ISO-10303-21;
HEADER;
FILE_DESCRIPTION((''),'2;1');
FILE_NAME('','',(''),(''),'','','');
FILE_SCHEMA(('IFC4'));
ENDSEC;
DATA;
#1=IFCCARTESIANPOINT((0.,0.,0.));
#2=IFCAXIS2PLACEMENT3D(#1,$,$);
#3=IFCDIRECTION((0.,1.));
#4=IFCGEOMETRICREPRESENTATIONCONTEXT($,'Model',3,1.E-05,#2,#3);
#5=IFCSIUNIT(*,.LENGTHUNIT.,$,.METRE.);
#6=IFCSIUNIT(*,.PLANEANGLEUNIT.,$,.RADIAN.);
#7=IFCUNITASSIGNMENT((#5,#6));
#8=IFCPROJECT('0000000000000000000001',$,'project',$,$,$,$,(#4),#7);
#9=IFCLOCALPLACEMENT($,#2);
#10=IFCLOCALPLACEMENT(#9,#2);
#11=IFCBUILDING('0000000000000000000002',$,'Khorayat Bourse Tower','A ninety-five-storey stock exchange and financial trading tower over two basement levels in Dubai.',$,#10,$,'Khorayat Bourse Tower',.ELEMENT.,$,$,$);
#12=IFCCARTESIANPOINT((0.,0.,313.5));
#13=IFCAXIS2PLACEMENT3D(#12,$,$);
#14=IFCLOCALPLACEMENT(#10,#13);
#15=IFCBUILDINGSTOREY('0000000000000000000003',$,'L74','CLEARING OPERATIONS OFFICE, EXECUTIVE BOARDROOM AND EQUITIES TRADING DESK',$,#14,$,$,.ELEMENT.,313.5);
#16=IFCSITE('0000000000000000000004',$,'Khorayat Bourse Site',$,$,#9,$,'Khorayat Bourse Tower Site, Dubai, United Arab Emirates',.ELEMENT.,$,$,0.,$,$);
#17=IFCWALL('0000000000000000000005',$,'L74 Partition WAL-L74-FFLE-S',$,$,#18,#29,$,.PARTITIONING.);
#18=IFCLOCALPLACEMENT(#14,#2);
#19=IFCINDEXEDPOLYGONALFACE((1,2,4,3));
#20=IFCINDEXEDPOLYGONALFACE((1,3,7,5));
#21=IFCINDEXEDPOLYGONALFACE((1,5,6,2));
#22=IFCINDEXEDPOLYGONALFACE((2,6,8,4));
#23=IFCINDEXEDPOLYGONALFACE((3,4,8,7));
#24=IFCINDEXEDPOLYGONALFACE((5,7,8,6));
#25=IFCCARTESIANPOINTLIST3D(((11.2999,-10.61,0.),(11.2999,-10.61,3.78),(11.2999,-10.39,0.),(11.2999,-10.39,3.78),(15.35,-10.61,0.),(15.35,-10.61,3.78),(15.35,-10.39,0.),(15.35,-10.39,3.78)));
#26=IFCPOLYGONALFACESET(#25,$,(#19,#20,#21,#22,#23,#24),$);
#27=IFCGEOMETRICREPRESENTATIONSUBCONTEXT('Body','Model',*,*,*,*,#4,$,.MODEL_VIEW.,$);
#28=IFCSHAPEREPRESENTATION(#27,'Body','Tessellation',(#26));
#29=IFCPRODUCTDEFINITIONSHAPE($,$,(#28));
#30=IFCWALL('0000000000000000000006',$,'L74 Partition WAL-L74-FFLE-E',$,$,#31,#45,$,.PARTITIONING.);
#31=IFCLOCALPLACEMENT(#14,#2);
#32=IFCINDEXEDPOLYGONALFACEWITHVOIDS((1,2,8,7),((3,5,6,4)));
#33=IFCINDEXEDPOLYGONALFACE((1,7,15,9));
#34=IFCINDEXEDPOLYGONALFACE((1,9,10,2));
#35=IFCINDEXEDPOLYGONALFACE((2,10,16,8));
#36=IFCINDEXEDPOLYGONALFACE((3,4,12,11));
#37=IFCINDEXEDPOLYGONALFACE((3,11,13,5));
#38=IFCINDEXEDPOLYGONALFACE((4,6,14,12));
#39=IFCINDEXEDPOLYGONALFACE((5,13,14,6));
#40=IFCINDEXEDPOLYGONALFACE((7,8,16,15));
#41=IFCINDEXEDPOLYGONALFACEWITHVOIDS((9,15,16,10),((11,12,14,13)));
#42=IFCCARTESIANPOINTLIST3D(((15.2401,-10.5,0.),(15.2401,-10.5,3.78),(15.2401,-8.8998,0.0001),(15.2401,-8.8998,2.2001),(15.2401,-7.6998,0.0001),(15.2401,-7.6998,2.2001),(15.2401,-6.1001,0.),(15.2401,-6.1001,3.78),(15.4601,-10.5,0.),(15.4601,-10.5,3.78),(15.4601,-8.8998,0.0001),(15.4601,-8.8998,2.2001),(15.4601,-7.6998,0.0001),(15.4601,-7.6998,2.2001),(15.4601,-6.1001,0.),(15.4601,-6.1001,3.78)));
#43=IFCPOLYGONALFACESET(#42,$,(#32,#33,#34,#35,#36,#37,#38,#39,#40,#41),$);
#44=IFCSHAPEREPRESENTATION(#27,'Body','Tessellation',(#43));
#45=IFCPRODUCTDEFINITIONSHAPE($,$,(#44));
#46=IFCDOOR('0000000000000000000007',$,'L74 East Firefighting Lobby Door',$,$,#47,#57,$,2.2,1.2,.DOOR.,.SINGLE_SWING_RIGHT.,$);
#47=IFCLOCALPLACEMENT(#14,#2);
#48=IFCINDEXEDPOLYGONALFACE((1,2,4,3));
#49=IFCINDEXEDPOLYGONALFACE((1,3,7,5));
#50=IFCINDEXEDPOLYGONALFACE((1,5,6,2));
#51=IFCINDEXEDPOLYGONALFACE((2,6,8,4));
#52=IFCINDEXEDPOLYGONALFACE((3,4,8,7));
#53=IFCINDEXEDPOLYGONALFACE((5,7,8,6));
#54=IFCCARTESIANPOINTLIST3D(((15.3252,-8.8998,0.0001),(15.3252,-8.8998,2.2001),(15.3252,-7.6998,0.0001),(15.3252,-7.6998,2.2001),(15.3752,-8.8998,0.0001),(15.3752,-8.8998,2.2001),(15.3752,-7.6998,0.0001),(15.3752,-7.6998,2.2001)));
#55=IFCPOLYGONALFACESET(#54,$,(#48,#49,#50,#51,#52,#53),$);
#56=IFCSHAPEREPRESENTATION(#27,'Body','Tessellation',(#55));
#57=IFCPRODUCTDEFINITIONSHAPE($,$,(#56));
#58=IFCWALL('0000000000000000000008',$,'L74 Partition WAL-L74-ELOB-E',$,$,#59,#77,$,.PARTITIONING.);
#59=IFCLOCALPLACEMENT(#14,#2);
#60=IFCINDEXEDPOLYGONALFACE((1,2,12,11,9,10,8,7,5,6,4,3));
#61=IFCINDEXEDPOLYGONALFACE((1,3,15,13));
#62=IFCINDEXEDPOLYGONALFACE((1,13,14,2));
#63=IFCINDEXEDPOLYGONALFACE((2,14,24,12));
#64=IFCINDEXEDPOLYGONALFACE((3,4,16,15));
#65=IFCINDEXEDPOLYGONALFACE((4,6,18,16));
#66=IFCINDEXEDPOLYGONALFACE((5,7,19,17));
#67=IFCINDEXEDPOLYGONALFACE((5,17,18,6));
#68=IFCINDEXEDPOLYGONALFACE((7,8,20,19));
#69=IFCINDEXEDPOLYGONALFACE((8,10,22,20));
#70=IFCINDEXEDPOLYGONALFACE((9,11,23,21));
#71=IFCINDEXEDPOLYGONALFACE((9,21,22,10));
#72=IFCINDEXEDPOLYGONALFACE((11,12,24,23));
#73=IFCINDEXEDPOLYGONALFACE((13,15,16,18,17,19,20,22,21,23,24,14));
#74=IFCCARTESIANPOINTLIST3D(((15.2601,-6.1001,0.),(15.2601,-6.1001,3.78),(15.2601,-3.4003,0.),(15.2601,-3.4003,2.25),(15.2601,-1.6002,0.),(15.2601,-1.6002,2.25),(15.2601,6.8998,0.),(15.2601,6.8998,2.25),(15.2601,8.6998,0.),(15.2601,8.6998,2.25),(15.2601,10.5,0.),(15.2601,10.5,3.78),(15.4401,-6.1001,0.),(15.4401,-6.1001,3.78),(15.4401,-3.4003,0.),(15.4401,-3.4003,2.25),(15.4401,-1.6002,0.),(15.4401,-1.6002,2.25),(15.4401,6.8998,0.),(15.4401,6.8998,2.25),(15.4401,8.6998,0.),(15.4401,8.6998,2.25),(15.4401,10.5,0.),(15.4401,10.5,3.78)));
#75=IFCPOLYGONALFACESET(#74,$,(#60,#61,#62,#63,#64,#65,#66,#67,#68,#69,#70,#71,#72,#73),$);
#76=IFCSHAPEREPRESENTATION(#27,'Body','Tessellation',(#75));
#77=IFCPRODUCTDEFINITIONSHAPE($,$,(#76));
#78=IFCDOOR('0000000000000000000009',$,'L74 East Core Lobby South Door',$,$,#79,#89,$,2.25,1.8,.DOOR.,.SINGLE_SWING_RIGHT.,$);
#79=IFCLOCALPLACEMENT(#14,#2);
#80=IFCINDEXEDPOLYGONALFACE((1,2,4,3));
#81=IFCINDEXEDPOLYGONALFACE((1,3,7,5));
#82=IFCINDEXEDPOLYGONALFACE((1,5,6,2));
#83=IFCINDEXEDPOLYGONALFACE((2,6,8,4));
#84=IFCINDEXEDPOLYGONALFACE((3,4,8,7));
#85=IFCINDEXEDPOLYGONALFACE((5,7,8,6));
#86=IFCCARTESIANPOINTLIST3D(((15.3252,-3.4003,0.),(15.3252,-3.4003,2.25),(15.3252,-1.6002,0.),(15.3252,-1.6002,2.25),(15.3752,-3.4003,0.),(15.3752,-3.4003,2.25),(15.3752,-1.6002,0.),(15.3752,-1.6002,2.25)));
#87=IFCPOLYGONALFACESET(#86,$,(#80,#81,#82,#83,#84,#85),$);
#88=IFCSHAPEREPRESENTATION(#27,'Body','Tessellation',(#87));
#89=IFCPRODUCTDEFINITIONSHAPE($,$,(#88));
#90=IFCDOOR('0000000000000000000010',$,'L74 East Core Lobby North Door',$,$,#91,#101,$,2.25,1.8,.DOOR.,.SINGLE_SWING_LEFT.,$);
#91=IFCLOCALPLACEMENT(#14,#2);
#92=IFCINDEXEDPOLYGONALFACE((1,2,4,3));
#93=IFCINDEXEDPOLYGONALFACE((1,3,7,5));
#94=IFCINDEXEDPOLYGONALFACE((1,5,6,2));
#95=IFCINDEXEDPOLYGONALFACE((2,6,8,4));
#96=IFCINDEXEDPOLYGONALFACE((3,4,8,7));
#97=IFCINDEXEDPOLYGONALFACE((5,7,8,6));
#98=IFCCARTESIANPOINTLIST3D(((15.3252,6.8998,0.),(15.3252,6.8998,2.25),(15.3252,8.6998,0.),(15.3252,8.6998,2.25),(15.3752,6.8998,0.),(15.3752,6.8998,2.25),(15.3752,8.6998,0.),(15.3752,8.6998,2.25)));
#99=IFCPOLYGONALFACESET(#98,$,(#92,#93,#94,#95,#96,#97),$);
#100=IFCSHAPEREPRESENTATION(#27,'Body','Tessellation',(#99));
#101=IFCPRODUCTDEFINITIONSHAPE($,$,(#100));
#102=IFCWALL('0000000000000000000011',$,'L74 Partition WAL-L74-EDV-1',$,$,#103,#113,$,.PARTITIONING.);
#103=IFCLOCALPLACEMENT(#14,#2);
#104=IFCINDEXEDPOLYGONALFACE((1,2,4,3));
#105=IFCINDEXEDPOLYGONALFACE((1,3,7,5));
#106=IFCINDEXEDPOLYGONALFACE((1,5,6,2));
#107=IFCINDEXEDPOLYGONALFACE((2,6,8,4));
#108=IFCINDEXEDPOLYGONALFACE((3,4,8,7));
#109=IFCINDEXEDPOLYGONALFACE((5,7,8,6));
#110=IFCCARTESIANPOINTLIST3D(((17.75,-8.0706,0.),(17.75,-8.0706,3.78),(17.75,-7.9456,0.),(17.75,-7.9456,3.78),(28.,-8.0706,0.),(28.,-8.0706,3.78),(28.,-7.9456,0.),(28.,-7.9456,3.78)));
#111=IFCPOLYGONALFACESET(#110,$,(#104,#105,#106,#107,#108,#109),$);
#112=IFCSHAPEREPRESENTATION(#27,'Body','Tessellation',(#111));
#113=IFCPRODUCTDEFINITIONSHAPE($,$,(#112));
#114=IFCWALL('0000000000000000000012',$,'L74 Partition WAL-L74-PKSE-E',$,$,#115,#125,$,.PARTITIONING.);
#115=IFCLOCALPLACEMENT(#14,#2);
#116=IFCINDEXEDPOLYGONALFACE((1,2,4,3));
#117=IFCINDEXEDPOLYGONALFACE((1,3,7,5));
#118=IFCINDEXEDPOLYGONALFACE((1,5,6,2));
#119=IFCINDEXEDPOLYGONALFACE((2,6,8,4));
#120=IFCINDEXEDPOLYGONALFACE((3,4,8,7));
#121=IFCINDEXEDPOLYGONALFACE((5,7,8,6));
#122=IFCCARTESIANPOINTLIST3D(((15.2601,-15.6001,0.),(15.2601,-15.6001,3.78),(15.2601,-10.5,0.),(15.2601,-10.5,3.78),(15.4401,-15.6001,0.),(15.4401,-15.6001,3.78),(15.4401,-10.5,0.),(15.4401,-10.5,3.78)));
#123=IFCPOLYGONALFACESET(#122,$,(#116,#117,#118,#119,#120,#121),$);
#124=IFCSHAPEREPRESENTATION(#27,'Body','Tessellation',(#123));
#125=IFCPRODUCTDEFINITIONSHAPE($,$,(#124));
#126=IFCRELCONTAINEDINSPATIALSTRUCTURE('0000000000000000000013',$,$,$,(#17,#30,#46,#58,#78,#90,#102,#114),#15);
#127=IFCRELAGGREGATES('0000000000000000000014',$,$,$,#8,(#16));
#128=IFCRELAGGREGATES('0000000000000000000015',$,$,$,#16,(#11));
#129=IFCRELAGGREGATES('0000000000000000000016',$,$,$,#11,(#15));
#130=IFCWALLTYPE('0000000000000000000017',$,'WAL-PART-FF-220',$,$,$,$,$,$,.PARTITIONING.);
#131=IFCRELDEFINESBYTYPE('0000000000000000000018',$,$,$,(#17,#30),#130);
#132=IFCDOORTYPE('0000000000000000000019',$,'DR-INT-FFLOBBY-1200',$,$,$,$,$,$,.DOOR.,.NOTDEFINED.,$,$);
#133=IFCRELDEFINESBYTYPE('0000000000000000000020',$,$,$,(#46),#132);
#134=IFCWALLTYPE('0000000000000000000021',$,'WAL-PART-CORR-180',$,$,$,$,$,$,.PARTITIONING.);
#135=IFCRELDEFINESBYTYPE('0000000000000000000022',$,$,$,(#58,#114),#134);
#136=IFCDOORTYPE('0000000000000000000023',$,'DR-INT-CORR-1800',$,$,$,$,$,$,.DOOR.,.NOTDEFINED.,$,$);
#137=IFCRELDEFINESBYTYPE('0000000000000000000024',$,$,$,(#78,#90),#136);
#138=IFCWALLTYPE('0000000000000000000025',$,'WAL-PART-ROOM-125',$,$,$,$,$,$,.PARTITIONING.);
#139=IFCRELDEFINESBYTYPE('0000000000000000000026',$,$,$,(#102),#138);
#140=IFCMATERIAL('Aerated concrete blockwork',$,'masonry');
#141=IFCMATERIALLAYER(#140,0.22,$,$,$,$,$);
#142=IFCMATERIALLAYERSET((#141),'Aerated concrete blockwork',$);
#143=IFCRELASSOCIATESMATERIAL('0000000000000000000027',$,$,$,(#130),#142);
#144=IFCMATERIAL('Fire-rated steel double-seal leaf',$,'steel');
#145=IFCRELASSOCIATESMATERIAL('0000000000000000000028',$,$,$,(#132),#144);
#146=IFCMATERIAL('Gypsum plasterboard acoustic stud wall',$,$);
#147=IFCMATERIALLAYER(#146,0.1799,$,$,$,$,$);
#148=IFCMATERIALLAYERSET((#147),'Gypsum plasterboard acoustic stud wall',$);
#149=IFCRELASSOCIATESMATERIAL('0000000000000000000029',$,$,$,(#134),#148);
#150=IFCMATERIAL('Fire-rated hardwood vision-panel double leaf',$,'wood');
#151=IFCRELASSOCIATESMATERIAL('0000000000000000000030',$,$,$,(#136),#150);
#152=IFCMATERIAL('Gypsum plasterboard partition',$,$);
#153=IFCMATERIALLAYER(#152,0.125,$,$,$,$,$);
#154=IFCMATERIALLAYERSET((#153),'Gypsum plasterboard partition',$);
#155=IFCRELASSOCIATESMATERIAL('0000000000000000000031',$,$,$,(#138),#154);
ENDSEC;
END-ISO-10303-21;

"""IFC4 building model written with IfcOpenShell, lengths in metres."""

from ifc_helpers import new_model, si_unit, direction, frame, frame_2d, origin, place, context, subcontext, project, spatial, rectangle, extrude, source, transform, mapped, material, layer, layer_set, type_object, element, fill, save


model = new_model("IFC4")

# Units and contexts
model_context = context("Model", 3, precision=1e-05, world=origin(), true_north=direction((0.0, 1.0)))
body_context = subcontext(model_context, "Body", "Model", "MODEL_VIEW")
ifc_project = project(units=[si_unit("LENGTHUNIT", "METRE"), si_unit("PLANEANGLEUNIT", "RADIAN")], contexts=[model_context])

# Site, building, storey
site_placement = place(None, origin())
site = spatial("IfcSite", under=ifc_project, at=site_placement, Name="Khorayat Bourse Site", LongName="Khorayat Bourse Tower Site, Dubai, United Arab Emirates", CompositionType="ELEMENT", RefElevation=0.0)
building_placement = place(site_placement, origin())
building = spatial("IfcBuilding", under=site, at=building_placement, Name="Khorayat Bourse Tower", Description="A ninety-five-storey stock exchange and financial trading tower over two basement levels in Dubai.", LongName="Khorayat Bourse Tower", CompositionType="ELEMENT")
storey_placement = place(building_placement, frame((0.0, 0.0, 313.5)))
storey = spatial("IfcBuildingStorey", under=building, at=storey_placement, Name="L74", Description="CLEARING OPERATIONS OFFICE, EXECUTIVE BOARDROOM AND EQUITIES TRADING DESK", CompositionType="ELEMENT", Elevation=313.5)

# Wall
ifc_material_1 = material(Name="Aerated concrete blockwork", Category="masonry")
ifc_layer_1 = layer(ifc_material_1, 0.22)
ifc_layer_set_1 = layer_set([ifc_layer_1], Name="Aerated concrete blockwork")
wall_type_1 = type_object("IfcWallType", Name="WAL-PART-FF-220", PredefinedType="PARTITIONING", material=ifc_layer_set_1)
shared_shape_1 = source(origin(), body_context, "Body", "SweptSolid", [
    extrude(rectangle(XDim=4.05, YDim=0.22, at=frame_2d((2.0249, 0.0))), origin(), (0.0, 0.0, 1.0), 3.78),
])
wall_1_placement = place(storey_placement, frame((11.3, -10.5, 0.0), z_axis=(0.0, 0.0, 1.0), x_axis=(1.0, 0.0, 0.0)))
element("IfcWall", 1, at=wall_1_placement, inside=storey, type_object=wall_type_1, Name="L74 Partition WAL-L74-FFLE-S", PredefinedType="PARTITIONING", context=body_context, shape_type="MappedRepresentation", body=[
    mapped(shared_shape_1, transform((0.0, 0.0, 0.0), scale=1.0)),
])

# Wall, opening, door
shared_shape_2 = source(origin(), body_context, "Body", "SweptSolid", [
    extrude(rectangle(XDim=4.3999, YDim=0.22, at=frame_2d((2.2, 0.0))), origin(), (0.0, 0.0, 1.0), 3.78),
])
wall_2_placement = place(storey_placement, frame((15.3501, -10.5, 0.0), z_axis=(0.0, 0.0, 1.0), x_axis=(0.0, 1.0, 0.0)))
wall_2 = element("IfcWall", 2, at=wall_2_placement, inside=storey, type_object=wall_type_1, Name="L74 Partition WAL-L74-FFLE-E", PredefinedType="PARTITIONING", context=body_context, shape_type="MappedRepresentation", body=[
    mapped(shared_shape_2, transform((0.0, 0.0, 0.0), scale=1.0)),
])
shared_shape_3 = source(origin(), body_context, "Body", "SweptSolid", [
    extrude(rectangle(XDim=1.2, YDim=2.2, at=frame_2d((0.6001, 1.1001))), frame((0.0, 0.1199, 0.0), z_axis=(0.0, -1.0, 0.0), x_axis=(1.0, 0.0, 0.0)), (0.0, 0.0, 1.0), 0.24),
])
opening_1_placement = place(wall_2_placement, frame((1.6001, 0.0, 0.0)))
opening_1 = element("IfcOpeningElement", 3, at=opening_1_placement, cuts=wall_2, PredefinedType="OPENING", context=body_context, shape_type="MappedRepresentation", body=[
    mapped(shared_shape_3, transform((0.0, 0.0, 0.0), scale=1.0)),
])
ifc_material_2 = material(Name="Fire-rated steel double-seal leaf", Category="steel")
door_type_1 = type_object("IfcDoorType", Name="DR-INT-FFLOBBY-1200", OperationType="NOTDEFINED", PredefinedType="DOOR", material=ifc_material_2)
shared_shape_4 = source(origin(), body_context, "Body", "SweptSolid", [
    extrude(rectangle(XDim=1.2, YDim=2.2, at=frame_2d((0.6001, 1.1001))), frame((0.0, 0.0249, 0.0), z_axis=(0.0, -1.0, 0.0), x_axis=(1.0, 0.0, 0.0)), (0.0, 0.0, 1.0), 0.05),
])
door_1_placement = place(opening_1_placement, origin())
door_1 = element("IfcDoor", 4, at=door_1_placement, inside=storey, type_object=door_type_1, Name="L74 East Firefighting Lobby Door", OperationType="SINGLE_SWING_RIGHT", OverallHeight=2.2, OverallWidth=1.2, PredefinedType="DOOR", context=body_context, shape_type="MappedRepresentation", body=[
    mapped(shared_shape_4, transform((0.0, 0.0, 0.0), scale=1.0)),
])
fill(opening_1, door_1)

# Wall, openings, doors
ifc_material_3 = material(Name="Gypsum plasterboard acoustic stud wall")
ifc_layer_2 = layer(ifc_material_3, 0.1799)
ifc_layer_set_2 = layer_set([ifc_layer_2], Name="Gypsum plasterboard acoustic stud wall")
wall_type_2 = type_object("IfcWallType", Name="WAL-PART-CORR-180", PredefinedType="PARTITIONING", material=ifc_layer_set_2)
shared_shape_5 = source(origin(), body_context, "Body", "SweptSolid", [
    extrude(rectangle(XDim=16.6001, YDim=0.1799, at=frame_2d((8.3, 0.0))), origin(), (0.0, 0.0, 1.0), 3.78),
])
wall_3_placement = place(storey_placement, frame((15.3501, -6.1001, 0.0), z_axis=(0.0, 0.0, 1.0), x_axis=(0.0, 1.0, 0.0)))
wall_3 = element("IfcWall", 5, at=wall_3_placement, inside=storey, type_object=wall_type_2, Name="L74 Partition WAL-L74-ELOB-E", PredefinedType="PARTITIONING", context=body_context, shape_type="MappedRepresentation", body=[
    mapped(shared_shape_5, transform((0.0, 0.0, 0.0), scale=1.0)),
])
shared_shape_6 = source(origin(), body_context, "Body", "SweptSolid", [
    extrude(rectangle(XDim=1.8, YDim=2.25, at=frame_2d((0.8999, 1.125))), frame((0.0, 0.0999, 0.0), z_axis=(0.0, -1.0, 0.0), x_axis=(1.0, 0.0, 0.0)), (0.0, 0.0, 1.0), 0.2),
])
opening_2_placement = place(wall_3_placement, frame((2.7, 0.0, 0.0)))
opening_2 = element("IfcOpeningElement", 6, at=opening_2_placement, cuts=wall_3, PredefinedType="OPENING", context=body_context, shape_type="MappedRepresentation", body=[
    mapped(shared_shape_6, transform((0.0, 0.0, 0.0), scale=1.0)),
])
opening_3_placement = place(wall_3_placement, frame((13.0, 0.0, 0.0)))
opening_3 = element("IfcOpeningElement", 7, at=opening_3_placement, cuts=wall_3, PredefinedType="OPENING", context=body_context, shape_type="MappedRepresentation", body=[
    mapped(shared_shape_6, transform((0.0, 0.0, 0.0), scale=1.0)),
])
ifc_material_4 = material(Name="Fire-rated hardwood vision-panel double leaf", Category="wood")
door_type_2 = type_object("IfcDoorType", Name="DR-INT-CORR-1800", OperationType="NOTDEFINED", PredefinedType="DOOR", material=ifc_material_4)
shared_shape_7 = source(origin(), body_context, "Body", "SweptSolid", [
    extrude(rectangle(XDim=1.8, YDim=2.25, at=frame_2d((0.8999, 1.125))), frame((0.0, 0.0249, 0.0), z_axis=(0.0, -1.0, 0.0), x_axis=(1.0, 0.0, 0.0)), (0.0, 0.0, 1.0), 0.05),
])
door_2_placement = place(opening_2_placement, origin())
door_2 = element("IfcDoor", 8, at=door_2_placement, inside=storey, type_object=door_type_2, Name="L74 East Core Lobby South Door", OperationType="SINGLE_SWING_RIGHT", OverallHeight=2.25, OverallWidth=1.8, PredefinedType="DOOR", context=body_context, shape_type="MappedRepresentation", body=[
    mapped(shared_shape_7, transform((0.0, 0.0, 0.0), scale=1.0)),
])
fill(opening_2, door_2)
door_3_placement = place(opening_3_placement, origin())
door_3 = element("IfcDoor", 9, at=door_3_placement, inside=storey, type_object=door_type_2, Name="L74 East Core Lobby North Door", OperationType="SINGLE_SWING_LEFT", OverallHeight=2.25, OverallWidth=1.8, PredefinedType="DOOR", context=body_context, shape_type="MappedRepresentation", body=[
    mapped(shared_shape_7, transform((0.0, 0.0, 0.0), scale=1.0)),
])
fill(opening_3, door_3)

# Walls
ifc_material_5 = material(Name="Gypsum plasterboard partition")
ifc_layer_3 = layer(ifc_material_5, 0.125)
ifc_layer_set_3 = layer_set([ifc_layer_3], Name="Gypsum plasterboard partition")
wall_type_3 = type_object("IfcWallType", Name="WAL-PART-ROOM-125", PredefinedType="PARTITIONING", material=ifc_layer_set_3)
shared_shape_8 = source(origin(), body_context, "Body", "SweptSolid", [
    extrude(rectangle(XDim=10.25, YDim=0.125, at=frame_2d((5.125, 0.0))), origin(), (0.0, 0.0, 1.0), 3.78),
])
wall_4_placement = place(storey_placement, frame((17.75, -8.0081, 0.0), z_axis=(0.0, 0.0, 1.0), x_axis=(1.0, 0.0, 0.0)))
element("IfcWall", 10, at=wall_4_placement, inside=storey, type_object=wall_type_3, Name="L74 Partition WAL-L74-EDV-1", PredefinedType="PARTITIONING", context=body_context, shape_type="MappedRepresentation", body=[
    mapped(shared_shape_8, transform((0.0, 0.0, 0.0), scale=1.0)),
])
shared_shape_9 = source(origin(), body_context, "Body", "SweptSolid", [
    extrude(rectangle(XDim=5.1001, YDim=0.1799, at=frame_2d((2.55, 0.0))), origin(), (0.0, 0.0, 1.0), 3.78),
])
wall_5_placement = place(storey_placement, frame((15.3501, -15.6001, 0.0), z_axis=(0.0, 0.0, 1.0), x_axis=(0.0, 1.0, 0.0)))
element("IfcWall", 11, at=wall_5_placement, inside=storey, type_object=wall_type_2, Name="L74 Partition WAL-L74-PKSE-E", PredefinedType="PARTITIONING", context=body_context, shape_type="MappedRepresentation", body=[
    mapped(shared_shape_9, transform((0.0, 0.0, 0.0), scale=1.0)),
])

save(model, "model.ifc")
